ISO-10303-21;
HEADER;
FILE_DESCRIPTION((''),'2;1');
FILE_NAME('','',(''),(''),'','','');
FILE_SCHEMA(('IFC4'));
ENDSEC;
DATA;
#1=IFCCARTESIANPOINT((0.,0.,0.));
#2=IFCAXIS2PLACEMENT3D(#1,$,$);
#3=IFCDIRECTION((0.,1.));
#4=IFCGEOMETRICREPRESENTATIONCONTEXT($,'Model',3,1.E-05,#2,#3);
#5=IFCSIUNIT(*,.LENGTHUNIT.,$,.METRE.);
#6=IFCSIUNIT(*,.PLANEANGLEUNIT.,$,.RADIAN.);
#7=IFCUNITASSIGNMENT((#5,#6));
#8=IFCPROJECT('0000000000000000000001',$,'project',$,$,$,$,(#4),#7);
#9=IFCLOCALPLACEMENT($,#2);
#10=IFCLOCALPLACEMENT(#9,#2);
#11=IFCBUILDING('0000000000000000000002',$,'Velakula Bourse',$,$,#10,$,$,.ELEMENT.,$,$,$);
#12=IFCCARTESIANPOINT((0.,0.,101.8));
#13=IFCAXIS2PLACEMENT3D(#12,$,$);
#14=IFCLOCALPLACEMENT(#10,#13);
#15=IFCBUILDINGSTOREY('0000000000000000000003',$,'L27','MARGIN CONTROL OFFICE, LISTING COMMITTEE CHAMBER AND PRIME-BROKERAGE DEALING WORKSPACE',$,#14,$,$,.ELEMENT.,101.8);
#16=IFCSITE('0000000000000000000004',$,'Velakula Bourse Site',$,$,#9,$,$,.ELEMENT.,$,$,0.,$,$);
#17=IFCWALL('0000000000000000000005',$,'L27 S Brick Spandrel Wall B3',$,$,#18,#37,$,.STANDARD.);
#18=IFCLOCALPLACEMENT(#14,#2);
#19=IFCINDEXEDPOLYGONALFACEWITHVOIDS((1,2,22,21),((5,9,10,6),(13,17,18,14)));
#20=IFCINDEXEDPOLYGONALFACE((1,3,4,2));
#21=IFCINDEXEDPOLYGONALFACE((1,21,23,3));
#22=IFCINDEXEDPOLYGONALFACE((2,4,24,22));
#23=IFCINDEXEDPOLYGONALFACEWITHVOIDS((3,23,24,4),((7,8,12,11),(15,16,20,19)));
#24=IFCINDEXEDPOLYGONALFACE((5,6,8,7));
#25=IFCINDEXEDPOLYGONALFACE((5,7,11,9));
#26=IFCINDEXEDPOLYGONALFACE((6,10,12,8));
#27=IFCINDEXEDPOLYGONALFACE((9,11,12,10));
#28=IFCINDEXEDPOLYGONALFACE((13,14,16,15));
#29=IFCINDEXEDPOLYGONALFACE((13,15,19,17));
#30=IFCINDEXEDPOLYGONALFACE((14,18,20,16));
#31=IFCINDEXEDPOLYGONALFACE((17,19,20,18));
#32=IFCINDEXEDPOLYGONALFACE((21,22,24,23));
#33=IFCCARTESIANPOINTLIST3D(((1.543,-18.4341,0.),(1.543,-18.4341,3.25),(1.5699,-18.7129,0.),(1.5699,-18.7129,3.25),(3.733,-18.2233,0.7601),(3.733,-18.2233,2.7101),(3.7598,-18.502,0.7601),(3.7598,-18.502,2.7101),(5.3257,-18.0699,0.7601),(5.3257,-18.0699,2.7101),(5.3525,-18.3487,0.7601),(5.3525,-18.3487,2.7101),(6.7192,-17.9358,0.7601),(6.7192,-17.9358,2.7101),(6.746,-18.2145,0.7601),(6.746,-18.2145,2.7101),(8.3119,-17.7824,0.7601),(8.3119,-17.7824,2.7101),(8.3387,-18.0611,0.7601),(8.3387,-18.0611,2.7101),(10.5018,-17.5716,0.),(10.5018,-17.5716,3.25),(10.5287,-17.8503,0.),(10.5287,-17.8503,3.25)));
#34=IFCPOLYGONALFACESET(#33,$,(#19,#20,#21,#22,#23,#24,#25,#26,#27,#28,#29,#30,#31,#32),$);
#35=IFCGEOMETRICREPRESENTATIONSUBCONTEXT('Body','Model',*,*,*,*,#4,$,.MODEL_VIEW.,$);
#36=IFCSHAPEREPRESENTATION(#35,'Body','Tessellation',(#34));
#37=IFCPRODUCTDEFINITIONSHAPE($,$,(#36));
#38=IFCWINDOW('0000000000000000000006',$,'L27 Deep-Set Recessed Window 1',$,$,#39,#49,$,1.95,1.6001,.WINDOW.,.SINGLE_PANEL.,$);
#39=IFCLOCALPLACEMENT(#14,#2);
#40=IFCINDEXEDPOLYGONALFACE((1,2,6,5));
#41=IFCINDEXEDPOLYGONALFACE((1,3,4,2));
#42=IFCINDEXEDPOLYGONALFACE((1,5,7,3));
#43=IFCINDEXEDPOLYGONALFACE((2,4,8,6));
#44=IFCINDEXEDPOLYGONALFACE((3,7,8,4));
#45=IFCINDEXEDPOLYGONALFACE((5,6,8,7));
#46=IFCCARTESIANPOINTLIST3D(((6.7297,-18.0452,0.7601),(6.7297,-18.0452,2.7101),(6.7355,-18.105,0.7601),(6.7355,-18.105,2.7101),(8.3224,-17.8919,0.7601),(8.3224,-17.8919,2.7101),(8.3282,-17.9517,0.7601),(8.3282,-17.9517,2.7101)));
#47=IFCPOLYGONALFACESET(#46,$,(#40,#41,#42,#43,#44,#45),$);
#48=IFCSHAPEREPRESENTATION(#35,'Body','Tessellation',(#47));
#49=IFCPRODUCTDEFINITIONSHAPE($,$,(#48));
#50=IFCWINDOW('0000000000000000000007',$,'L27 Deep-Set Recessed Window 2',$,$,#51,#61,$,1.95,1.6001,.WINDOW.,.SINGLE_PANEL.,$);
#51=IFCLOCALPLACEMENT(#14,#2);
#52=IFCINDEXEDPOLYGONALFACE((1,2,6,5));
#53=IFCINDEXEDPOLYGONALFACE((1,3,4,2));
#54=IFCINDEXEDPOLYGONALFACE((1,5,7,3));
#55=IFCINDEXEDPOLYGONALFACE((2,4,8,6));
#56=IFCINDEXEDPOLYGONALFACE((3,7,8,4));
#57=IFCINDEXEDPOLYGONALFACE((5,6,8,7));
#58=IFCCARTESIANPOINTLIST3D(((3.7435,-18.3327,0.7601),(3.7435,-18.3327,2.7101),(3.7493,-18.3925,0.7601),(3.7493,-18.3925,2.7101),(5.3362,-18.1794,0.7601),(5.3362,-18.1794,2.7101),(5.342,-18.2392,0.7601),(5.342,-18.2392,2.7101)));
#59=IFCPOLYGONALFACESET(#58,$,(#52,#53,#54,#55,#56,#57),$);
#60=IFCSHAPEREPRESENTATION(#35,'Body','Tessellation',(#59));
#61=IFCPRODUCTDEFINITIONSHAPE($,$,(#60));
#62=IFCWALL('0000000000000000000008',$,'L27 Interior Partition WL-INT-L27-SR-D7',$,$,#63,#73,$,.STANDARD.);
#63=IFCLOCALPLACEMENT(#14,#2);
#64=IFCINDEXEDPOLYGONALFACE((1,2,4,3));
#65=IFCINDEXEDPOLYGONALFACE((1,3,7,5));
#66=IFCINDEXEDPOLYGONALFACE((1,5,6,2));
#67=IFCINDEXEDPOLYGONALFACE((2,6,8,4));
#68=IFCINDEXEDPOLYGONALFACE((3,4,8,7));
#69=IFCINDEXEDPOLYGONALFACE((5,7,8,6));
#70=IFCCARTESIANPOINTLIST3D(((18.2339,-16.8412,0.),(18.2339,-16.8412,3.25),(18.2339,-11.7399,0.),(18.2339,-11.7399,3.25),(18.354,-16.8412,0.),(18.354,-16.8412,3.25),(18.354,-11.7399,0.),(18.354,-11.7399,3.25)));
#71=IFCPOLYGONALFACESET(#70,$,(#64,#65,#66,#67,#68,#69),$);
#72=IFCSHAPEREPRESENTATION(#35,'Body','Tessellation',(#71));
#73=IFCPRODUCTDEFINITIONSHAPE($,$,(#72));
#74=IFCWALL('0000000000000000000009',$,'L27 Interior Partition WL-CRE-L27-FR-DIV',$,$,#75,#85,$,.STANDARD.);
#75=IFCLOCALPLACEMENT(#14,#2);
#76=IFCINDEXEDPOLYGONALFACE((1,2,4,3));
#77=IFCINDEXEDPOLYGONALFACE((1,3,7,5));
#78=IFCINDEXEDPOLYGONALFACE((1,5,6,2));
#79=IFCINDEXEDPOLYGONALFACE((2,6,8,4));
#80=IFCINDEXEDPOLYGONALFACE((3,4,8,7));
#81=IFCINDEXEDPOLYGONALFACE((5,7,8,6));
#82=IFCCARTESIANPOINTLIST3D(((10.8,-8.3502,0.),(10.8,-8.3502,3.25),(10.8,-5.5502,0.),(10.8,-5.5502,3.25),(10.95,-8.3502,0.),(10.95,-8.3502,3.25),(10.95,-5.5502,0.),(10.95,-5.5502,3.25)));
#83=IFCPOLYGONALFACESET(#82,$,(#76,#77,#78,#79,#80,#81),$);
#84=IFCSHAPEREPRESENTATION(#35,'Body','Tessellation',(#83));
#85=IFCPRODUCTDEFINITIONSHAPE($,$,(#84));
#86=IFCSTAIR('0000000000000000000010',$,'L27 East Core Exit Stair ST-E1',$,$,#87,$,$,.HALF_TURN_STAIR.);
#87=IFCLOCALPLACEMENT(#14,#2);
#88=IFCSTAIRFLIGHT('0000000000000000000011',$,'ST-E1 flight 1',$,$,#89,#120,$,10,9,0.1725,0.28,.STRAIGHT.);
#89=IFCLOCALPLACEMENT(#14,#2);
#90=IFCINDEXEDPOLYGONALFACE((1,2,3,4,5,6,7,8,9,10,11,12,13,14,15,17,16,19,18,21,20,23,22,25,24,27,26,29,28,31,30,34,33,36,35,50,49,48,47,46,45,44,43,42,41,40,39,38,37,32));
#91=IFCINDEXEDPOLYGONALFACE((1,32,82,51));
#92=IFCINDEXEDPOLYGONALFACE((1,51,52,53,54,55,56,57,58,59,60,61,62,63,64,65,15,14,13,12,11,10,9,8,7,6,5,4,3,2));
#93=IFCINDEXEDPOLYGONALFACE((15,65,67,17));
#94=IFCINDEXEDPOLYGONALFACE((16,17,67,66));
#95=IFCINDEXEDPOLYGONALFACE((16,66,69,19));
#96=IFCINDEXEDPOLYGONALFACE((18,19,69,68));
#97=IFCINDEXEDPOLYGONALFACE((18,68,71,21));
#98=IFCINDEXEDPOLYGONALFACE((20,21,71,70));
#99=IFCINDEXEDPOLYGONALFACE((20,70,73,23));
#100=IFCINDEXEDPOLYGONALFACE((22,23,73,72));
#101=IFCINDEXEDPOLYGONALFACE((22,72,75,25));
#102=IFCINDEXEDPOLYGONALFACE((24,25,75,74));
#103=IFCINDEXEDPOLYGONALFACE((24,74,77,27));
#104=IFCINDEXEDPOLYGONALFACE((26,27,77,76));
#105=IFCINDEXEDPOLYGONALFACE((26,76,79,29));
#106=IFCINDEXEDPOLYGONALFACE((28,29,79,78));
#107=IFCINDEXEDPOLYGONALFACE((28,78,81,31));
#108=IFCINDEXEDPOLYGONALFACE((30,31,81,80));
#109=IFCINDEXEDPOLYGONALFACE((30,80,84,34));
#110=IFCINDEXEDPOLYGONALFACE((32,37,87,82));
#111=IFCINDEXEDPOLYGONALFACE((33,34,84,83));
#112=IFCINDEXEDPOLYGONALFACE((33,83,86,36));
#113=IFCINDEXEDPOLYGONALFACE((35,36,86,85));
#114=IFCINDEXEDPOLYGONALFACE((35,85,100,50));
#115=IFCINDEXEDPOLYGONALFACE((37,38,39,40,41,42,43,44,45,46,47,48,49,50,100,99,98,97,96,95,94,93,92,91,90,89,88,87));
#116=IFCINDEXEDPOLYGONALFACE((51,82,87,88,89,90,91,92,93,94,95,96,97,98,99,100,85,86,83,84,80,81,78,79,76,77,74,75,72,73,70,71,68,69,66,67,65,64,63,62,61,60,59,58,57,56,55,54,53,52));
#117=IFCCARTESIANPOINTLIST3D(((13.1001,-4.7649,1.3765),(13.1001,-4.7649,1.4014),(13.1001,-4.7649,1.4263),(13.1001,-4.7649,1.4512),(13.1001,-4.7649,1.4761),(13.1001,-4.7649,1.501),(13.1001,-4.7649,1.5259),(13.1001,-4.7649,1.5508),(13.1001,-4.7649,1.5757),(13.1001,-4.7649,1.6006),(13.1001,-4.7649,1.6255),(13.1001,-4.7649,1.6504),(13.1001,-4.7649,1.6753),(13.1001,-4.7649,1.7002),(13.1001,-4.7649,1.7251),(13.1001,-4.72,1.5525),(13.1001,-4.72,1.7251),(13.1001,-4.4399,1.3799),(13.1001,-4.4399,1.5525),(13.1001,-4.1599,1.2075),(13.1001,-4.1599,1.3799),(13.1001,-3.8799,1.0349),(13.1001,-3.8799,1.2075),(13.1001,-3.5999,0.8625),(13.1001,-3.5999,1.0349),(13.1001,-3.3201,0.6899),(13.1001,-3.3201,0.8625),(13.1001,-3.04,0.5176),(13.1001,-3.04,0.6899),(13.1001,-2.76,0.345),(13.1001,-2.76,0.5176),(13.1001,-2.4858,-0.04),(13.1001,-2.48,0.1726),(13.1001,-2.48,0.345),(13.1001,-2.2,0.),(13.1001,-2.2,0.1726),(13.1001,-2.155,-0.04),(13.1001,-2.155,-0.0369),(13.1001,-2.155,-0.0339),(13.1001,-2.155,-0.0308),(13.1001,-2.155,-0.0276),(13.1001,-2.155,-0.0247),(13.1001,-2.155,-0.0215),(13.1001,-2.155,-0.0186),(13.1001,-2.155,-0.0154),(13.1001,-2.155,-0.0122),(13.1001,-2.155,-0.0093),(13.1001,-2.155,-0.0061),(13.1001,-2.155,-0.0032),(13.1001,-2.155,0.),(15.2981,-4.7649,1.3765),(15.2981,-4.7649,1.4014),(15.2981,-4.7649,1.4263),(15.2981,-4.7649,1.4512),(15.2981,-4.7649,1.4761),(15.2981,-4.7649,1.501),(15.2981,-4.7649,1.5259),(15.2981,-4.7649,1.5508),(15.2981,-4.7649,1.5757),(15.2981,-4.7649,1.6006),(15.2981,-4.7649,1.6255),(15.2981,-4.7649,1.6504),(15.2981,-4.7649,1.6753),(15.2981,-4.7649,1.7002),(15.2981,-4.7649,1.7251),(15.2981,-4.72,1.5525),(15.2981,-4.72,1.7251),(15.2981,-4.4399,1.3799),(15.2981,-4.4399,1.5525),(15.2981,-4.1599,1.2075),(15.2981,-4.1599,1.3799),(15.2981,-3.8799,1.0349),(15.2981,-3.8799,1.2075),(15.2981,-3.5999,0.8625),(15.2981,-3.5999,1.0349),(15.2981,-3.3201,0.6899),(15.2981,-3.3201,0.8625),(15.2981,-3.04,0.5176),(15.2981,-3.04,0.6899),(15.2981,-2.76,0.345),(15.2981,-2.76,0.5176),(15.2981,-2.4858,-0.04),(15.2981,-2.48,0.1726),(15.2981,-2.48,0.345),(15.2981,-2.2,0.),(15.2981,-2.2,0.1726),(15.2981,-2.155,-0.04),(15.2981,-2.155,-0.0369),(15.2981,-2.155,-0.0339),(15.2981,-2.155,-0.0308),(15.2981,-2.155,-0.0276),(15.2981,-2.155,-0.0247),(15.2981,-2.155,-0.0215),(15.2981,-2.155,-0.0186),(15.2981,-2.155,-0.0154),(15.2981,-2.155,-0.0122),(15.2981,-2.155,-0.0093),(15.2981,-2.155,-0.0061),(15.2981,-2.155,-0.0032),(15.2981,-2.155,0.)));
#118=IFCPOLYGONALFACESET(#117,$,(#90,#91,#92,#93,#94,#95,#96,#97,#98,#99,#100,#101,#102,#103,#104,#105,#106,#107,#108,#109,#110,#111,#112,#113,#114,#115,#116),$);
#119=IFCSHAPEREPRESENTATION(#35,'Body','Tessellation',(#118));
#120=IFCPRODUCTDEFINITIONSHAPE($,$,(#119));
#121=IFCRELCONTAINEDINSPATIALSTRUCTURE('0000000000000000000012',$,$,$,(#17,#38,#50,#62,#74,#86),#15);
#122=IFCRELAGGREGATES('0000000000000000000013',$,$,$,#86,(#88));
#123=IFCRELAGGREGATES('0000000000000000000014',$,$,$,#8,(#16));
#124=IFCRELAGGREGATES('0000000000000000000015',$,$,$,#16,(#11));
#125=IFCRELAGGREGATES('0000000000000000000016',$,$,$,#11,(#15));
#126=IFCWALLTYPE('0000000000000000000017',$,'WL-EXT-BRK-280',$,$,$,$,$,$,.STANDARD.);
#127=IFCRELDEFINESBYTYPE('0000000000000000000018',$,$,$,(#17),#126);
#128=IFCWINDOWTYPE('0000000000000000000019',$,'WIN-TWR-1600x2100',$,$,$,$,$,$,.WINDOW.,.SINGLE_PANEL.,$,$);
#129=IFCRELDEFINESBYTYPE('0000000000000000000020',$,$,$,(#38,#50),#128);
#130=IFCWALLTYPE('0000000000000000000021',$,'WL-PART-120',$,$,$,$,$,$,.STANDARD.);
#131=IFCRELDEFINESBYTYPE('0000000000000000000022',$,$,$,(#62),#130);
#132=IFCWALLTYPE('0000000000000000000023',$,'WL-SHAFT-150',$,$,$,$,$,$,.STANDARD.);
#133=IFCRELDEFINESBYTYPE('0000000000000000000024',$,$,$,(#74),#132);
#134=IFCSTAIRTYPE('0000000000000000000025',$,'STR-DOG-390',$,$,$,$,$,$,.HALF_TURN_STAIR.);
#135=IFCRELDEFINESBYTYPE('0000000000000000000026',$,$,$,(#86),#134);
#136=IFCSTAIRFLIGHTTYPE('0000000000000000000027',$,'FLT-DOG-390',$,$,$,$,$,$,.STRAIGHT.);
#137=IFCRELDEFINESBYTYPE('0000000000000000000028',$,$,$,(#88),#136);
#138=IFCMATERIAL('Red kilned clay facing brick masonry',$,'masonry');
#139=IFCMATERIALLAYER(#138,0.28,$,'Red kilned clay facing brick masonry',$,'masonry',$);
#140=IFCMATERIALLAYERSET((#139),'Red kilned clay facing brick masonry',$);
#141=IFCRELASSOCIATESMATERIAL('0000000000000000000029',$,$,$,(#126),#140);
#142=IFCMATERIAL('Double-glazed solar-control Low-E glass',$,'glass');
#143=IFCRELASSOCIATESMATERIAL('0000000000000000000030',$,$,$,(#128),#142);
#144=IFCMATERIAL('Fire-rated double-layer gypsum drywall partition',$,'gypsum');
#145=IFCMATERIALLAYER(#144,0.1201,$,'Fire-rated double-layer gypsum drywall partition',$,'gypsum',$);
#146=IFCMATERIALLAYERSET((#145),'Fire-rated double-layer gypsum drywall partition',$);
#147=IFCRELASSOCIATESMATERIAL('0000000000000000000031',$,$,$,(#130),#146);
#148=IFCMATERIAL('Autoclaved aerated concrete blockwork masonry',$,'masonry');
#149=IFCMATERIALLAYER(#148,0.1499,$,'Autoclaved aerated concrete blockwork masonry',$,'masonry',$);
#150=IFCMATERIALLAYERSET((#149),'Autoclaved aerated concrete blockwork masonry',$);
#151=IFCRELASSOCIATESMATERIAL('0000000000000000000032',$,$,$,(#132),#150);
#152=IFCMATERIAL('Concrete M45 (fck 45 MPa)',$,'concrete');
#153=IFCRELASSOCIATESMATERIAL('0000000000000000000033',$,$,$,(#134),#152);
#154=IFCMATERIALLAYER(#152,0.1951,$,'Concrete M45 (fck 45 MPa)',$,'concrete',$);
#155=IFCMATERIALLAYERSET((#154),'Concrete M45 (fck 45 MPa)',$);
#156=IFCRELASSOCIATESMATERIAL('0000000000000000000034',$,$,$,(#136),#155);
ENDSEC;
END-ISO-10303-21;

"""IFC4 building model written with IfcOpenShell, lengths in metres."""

from ifc_helpers import new_model, si_unit, direction, frame, frame_2d, origin, place, context, subcontext, project, spatial, polyline, rectangle, outline, extrude, material, layer, layer_set, type_object, element, fill, aggregate, save


model = new_model("IFC4")

# Units and contexts
model_context = context("Model", 3, precision=1e-05, world=origin(), true_north=direction((0.0, 1.0)))
body_context = subcontext(model_context, "Body", "Model", "MODEL_VIEW")
ifc_project = project(units=[si_unit("LENGTHUNIT", "METRE"), si_unit("PLANEANGLEUNIT", "RADIAN")], contexts=[model_context])

# Site, building, storey
site_placement = place(None, origin())
site = spatial("IfcSite", under=ifc_project, at=site_placement, Name="Velakula Bourse Site", CompositionType="ELEMENT", RefElevation=0.0)
building_placement = place(site_placement, origin())
building = spatial("IfcBuilding", under=site, at=building_placement, Name="Velakula Bourse", CompositionType="ELEMENT")
storey_placement = place(building_placement, frame((0.0, 0.0, 101.8)))
storey = spatial("IfcBuildingStorey", under=building, at=storey_placement, Name="L27", Description="MARGIN CONTROL OFFICE, LISTING COMMITTEE CHAMBER AND PRIME-BROKERAGE DEALING WORKSPACE", CompositionType="ELEMENT", Elevation=101.8)

# Wall, openings, windows
ifc_material_1 = material(Name="Red kilned clay facing brick masonry", Category="masonry")
ifc_layer_1 = layer(ifc_material_1, 0.28, Name="Red kilned clay facing brick masonry", Category="masonry")
ifc_layer_set_1 = layer_set([ifc_layer_1], Name="Red kilned clay facing brick masonry")
wall_type_1 = type_object("IfcWallType", Name="WL-EXT-BRK-280", PredefinedType="STANDARD", material=ifc_layer_set_1)
wall_1_placement = place(storey_placement, frame((10.5151, -17.7109, 0.0), z_axis=(0.0, 0.0, 1.0), x_axis=(-0.995397, -0.095837, 0.0)))
wall_1 = element("IfcWall", 1, at=wall_1_placement, inside=storey, type_object=wall_type_1, Name="L27 S Brick Spandrel Wall B3", PredefinedType="STANDARD", context=body_context, shape_type="SweptSolid", body=[
    extrude(rectangle(XDim=9.0002, YDim=0.28, at=frame_2d((4.5, 0.0))), origin(), (0.0, 0.0, 1.0), 3.25),
])
opening_1_placement = place(wall_1_placement, frame((2.2, 0.0, 0.76)))
opening_1 = element("IfcOpeningElement", 2, at=opening_1_placement, cuts=wall_1, PredefinedType="OPENING", context=body_context, shape_type="SweptSolid", body=[
    extrude(rectangle(XDim=1.6001, YDim=1.95, at=frame_2d((0.8, 0.9751))), frame((0.0, 0.1499, 0.0), z_axis=(0.0, -1.0, 0.0), x_axis=(1.0, 0.0, 0.0)), (0.0, 0.0, 1.0), 0.3),
])
opening_2_placement = place(wall_1_placement, frame((5.2, 0.0, 0.76)))
opening_2 = element("IfcOpeningElement", 3, at=opening_2_placement, cuts=wall_1, PredefinedType="OPENING", context=body_context, shape_type="SweptSolid", body=[
    extrude(rectangle(XDim=1.6001, YDim=1.95, at=frame_2d((0.8, 0.9751))), frame((0.0, 0.1499, 0.0), z_axis=(0.0, -1.0, 0.0), x_axis=(1.0, 0.0, 0.0)), (0.0, 0.0, 1.0), 0.3),
])
ifc_material_2 = material(Name="Double-glazed solar-control Low-E glass", Category="glass")
window_type = type_object("IfcWindowType", Name="WIN-TWR-1600x2100", PartitioningType="SINGLE_PANEL", PredefinedType="WINDOW", material=ifc_material_2)
window_1_placement = place(opening_1_placement, origin())
window_1 = element("IfcWindow", 4, at=window_1_placement, inside=storey, type_object=window_type, Name="L27 Deep-Set Recessed Window 1", OverallHeight=1.95, OverallWidth=1.6001, PartitioningType="SINGLE_PANEL", PredefinedType="WINDOW", context=body_context, shape_type="SweptSolid", body=[
    extrude(rectangle(XDim=1.6001, YDim=1.95, at=frame_2d((0.8, 0.9751))), frame((0.0, 0.03, 0.0), z_axis=(0.0, -1.0, 0.0), x_axis=(1.0, 0.0, 0.0)), (0.0, 0.0, 1.0), 0.0601),
])
fill(opening_1, window_1)
window_2_placement = place(opening_2_placement, origin())
window_2 = element("IfcWindow", 5, at=window_2_placement, inside=storey, type_object=window_type, Name="L27 Deep-Set Recessed Window 2", OverallHeight=1.95, OverallWidth=1.6001, PartitioningType="SINGLE_PANEL", PredefinedType="WINDOW", context=body_context, shape_type="SweptSolid", body=[
    extrude(rectangle(XDim=1.6001, YDim=1.95, at=frame_2d((0.8, 0.9751))), frame((0.0, 0.03, 0.0), z_axis=(0.0, -1.0, 0.0), x_axis=(1.0, 0.0, 0.0)), (0.0, 0.0, 1.0), 0.0601),
])
fill(opening_2, window_2)

# Wall
ifc_material_3 = material(Name="Fire-rated double-layer gypsum drywall partition", Category="gypsum")
ifc_layer_2 = layer(ifc_material_3, 0.1201, Name="Fire-rated double-layer gypsum drywall partition", Category="gypsum")
ifc_layer_set_2 = layer_set([ifc_layer_2], Name="Fire-rated double-layer gypsum drywall partition")
wall_type_2 = type_object("IfcWallType", Name="WL-PART-120", PredefinedType="STANDARD", material=ifc_layer_set_2)
wall_2_placement = place(storey_placement, frame((18.2939, -16.8413, 0.0), z_axis=(0.0, 0.0, 1.0), x_axis=(0.0, 1.0, 0.0)))
element("IfcWall", 6, at=wall_2_placement, inside=storey, type_object=wall_type_2, Name="L27 Interior Partition WL-INT-L27-SR-D7", PredefinedType="STANDARD", context=body_context, shape_type="SweptSolid", body=[
    extrude(rectangle(XDim=5.1013, YDim=0.1201, at=frame_2d((2.5508, 0.0))), origin(), (0.0, 0.0, 1.0), 3.25),
])

# Shared definitions
ifc_material_4 = material(Name="Autoclaved aerated concrete blockwork masonry", Category="masonry")
ifc_layer_3 = layer(ifc_material_4, 0.1499, Name="Autoclaved aerated concrete blockwork masonry", Category="masonry")
ifc_layer_set_3 = layer_set([ifc_layer_3], Name="Autoclaved aerated concrete blockwork masonry")
wall_type_3 = type_object("IfcWallType", Name="WL-SHAFT-150", PredefinedType="STANDARD", material=ifc_layer_set_3)

# Wall
wall_3_placement = place(storey_placement, frame((10.875, -8.3501, 0.0), z_axis=(0.0, 0.0, 1.0), x_axis=(0.0, 1.0, 0.0)))
element("IfcWall", 7, at=wall_3_placement, inside=storey, type_object=wall_type_3, Name="L27 Interior Partition WL-CRE-L27-FR-DIV", PredefinedType="STANDARD", context=body_context, shape_type="SweptSolid", body=[
    extrude(rectangle(XDim=2.8, YDim=0.1499, at=frame_2d((1.3999, 0.0))), origin(), (0.0, 0.0, 1.0), 3.25),
])

# Stair, stair flight
ifc_material_5 = material(Name="Concrete M45 (fck 45 MPa)", Category="concrete")
stair_type = type_object("IfcStairType", Name="STR-DOG-390", PredefinedType="HALF_TURN_STAIR", material=ifc_material_5)
stair_placement = place(storey_placement, origin())
stair = element("IfcStair", 8, at=stair_placement, inside=storey, type_object=stair_type, Name="L27 East Core Exit Stair ST-E1", PredefinedType="HALF_TURN_STAIR")
ifc_layer_4 = layer(ifc_material_5, 0.1951, Name="Concrete M45 (fck 45 MPa)", Category="concrete")
ifc_layer_set_4 = layer_set([ifc_layer_4], Name="Concrete M45 (fck 45 MPa)")
stair_flight_type = type_object("IfcStairFlightType", Name="FLT-DOG-390", PredefinedType="STRAIGHT", material=ifc_layer_set_4)
stair_flight_1_placement = place(storey_placement, frame((14.199, -2.2, 0.0), z_axis=(0.0, 0.0, 1.0), x_axis=(0.0, -1.0, 0.0)))
stair_flight_1 = element("IfcStairFlight", 9, at=stair_flight_1_placement, type_object=stair_flight_type, Name="ST-E1 flight 1", NumberOfRisers=10, NumberOfTreads=9, PredefinedType="STRAIGHT", RiserHeight=0.1725, TreadLength=0.28, context=body_context, shape_type="SweptSolid", body=[
    extrude(outline(polyline([(-0.0449, -0.04), (-0.0449, -0.0369), (-0.0449, -0.0339), (-0.0449, -0.0308), (-0.0449, -0.0276), (-0.0449, -0.0247), (-0.0449, -0.0215), (-0.0449, -0.0186), (-0.0449, -0.0154), (-0.0449, -0.0122), (-0.0449, -0.0093), (-0.0449, -0.0061), (-0.0449, -0.0032), (-0.0449, 0.0), (0.0, 0.0), (0.0, 0.1726), (0.28, 0.1726), (0.28, 0.345), (0.5601, 0.345), (0.5601, 0.5176), (0.8401, 0.5176), (0.8401, 0.6899), (1.1201, 0.6899), (1.1201, 0.8625), (1.3999, 0.8625), (1.3999, 1.0349), (1.6799, 1.0349), (1.6799, 1.2075), (1.96, 1.2075), (1.96, 1.3799), (2.24, 1.3799), (2.24, 1.5525), (2.52, 1.5525), (2.52, 1.7251), (2.5649, 1.7251), (2.5649, 1.7002), (2.5649, 1.6753), (2.5649, 1.6504), (2.5649, 1.6255), (2.5649, 1.6006), (2.5649, 1.5757), (2.5649, 1.5508), (2.5649, 1.5259), (2.5649, 1.501), (2.5649, 1.4761), (2.5649, 1.4512), (2.5649, 1.4263), (2.5649, 1.4014), (2.5649, 1.3765), (0.2859, -0.04), (-0.0449, -0.04)])), frame((0.0, 1.0991, 0.0), z_axis=(0.0, -1.0, 0.0), x_axis=(1.0, 0.0, 0.0)), (0.0, 0.0, 1.0), 2.198),
])
aggregate(stair, [stair_flight_1])

save(model, "model.ifc")
